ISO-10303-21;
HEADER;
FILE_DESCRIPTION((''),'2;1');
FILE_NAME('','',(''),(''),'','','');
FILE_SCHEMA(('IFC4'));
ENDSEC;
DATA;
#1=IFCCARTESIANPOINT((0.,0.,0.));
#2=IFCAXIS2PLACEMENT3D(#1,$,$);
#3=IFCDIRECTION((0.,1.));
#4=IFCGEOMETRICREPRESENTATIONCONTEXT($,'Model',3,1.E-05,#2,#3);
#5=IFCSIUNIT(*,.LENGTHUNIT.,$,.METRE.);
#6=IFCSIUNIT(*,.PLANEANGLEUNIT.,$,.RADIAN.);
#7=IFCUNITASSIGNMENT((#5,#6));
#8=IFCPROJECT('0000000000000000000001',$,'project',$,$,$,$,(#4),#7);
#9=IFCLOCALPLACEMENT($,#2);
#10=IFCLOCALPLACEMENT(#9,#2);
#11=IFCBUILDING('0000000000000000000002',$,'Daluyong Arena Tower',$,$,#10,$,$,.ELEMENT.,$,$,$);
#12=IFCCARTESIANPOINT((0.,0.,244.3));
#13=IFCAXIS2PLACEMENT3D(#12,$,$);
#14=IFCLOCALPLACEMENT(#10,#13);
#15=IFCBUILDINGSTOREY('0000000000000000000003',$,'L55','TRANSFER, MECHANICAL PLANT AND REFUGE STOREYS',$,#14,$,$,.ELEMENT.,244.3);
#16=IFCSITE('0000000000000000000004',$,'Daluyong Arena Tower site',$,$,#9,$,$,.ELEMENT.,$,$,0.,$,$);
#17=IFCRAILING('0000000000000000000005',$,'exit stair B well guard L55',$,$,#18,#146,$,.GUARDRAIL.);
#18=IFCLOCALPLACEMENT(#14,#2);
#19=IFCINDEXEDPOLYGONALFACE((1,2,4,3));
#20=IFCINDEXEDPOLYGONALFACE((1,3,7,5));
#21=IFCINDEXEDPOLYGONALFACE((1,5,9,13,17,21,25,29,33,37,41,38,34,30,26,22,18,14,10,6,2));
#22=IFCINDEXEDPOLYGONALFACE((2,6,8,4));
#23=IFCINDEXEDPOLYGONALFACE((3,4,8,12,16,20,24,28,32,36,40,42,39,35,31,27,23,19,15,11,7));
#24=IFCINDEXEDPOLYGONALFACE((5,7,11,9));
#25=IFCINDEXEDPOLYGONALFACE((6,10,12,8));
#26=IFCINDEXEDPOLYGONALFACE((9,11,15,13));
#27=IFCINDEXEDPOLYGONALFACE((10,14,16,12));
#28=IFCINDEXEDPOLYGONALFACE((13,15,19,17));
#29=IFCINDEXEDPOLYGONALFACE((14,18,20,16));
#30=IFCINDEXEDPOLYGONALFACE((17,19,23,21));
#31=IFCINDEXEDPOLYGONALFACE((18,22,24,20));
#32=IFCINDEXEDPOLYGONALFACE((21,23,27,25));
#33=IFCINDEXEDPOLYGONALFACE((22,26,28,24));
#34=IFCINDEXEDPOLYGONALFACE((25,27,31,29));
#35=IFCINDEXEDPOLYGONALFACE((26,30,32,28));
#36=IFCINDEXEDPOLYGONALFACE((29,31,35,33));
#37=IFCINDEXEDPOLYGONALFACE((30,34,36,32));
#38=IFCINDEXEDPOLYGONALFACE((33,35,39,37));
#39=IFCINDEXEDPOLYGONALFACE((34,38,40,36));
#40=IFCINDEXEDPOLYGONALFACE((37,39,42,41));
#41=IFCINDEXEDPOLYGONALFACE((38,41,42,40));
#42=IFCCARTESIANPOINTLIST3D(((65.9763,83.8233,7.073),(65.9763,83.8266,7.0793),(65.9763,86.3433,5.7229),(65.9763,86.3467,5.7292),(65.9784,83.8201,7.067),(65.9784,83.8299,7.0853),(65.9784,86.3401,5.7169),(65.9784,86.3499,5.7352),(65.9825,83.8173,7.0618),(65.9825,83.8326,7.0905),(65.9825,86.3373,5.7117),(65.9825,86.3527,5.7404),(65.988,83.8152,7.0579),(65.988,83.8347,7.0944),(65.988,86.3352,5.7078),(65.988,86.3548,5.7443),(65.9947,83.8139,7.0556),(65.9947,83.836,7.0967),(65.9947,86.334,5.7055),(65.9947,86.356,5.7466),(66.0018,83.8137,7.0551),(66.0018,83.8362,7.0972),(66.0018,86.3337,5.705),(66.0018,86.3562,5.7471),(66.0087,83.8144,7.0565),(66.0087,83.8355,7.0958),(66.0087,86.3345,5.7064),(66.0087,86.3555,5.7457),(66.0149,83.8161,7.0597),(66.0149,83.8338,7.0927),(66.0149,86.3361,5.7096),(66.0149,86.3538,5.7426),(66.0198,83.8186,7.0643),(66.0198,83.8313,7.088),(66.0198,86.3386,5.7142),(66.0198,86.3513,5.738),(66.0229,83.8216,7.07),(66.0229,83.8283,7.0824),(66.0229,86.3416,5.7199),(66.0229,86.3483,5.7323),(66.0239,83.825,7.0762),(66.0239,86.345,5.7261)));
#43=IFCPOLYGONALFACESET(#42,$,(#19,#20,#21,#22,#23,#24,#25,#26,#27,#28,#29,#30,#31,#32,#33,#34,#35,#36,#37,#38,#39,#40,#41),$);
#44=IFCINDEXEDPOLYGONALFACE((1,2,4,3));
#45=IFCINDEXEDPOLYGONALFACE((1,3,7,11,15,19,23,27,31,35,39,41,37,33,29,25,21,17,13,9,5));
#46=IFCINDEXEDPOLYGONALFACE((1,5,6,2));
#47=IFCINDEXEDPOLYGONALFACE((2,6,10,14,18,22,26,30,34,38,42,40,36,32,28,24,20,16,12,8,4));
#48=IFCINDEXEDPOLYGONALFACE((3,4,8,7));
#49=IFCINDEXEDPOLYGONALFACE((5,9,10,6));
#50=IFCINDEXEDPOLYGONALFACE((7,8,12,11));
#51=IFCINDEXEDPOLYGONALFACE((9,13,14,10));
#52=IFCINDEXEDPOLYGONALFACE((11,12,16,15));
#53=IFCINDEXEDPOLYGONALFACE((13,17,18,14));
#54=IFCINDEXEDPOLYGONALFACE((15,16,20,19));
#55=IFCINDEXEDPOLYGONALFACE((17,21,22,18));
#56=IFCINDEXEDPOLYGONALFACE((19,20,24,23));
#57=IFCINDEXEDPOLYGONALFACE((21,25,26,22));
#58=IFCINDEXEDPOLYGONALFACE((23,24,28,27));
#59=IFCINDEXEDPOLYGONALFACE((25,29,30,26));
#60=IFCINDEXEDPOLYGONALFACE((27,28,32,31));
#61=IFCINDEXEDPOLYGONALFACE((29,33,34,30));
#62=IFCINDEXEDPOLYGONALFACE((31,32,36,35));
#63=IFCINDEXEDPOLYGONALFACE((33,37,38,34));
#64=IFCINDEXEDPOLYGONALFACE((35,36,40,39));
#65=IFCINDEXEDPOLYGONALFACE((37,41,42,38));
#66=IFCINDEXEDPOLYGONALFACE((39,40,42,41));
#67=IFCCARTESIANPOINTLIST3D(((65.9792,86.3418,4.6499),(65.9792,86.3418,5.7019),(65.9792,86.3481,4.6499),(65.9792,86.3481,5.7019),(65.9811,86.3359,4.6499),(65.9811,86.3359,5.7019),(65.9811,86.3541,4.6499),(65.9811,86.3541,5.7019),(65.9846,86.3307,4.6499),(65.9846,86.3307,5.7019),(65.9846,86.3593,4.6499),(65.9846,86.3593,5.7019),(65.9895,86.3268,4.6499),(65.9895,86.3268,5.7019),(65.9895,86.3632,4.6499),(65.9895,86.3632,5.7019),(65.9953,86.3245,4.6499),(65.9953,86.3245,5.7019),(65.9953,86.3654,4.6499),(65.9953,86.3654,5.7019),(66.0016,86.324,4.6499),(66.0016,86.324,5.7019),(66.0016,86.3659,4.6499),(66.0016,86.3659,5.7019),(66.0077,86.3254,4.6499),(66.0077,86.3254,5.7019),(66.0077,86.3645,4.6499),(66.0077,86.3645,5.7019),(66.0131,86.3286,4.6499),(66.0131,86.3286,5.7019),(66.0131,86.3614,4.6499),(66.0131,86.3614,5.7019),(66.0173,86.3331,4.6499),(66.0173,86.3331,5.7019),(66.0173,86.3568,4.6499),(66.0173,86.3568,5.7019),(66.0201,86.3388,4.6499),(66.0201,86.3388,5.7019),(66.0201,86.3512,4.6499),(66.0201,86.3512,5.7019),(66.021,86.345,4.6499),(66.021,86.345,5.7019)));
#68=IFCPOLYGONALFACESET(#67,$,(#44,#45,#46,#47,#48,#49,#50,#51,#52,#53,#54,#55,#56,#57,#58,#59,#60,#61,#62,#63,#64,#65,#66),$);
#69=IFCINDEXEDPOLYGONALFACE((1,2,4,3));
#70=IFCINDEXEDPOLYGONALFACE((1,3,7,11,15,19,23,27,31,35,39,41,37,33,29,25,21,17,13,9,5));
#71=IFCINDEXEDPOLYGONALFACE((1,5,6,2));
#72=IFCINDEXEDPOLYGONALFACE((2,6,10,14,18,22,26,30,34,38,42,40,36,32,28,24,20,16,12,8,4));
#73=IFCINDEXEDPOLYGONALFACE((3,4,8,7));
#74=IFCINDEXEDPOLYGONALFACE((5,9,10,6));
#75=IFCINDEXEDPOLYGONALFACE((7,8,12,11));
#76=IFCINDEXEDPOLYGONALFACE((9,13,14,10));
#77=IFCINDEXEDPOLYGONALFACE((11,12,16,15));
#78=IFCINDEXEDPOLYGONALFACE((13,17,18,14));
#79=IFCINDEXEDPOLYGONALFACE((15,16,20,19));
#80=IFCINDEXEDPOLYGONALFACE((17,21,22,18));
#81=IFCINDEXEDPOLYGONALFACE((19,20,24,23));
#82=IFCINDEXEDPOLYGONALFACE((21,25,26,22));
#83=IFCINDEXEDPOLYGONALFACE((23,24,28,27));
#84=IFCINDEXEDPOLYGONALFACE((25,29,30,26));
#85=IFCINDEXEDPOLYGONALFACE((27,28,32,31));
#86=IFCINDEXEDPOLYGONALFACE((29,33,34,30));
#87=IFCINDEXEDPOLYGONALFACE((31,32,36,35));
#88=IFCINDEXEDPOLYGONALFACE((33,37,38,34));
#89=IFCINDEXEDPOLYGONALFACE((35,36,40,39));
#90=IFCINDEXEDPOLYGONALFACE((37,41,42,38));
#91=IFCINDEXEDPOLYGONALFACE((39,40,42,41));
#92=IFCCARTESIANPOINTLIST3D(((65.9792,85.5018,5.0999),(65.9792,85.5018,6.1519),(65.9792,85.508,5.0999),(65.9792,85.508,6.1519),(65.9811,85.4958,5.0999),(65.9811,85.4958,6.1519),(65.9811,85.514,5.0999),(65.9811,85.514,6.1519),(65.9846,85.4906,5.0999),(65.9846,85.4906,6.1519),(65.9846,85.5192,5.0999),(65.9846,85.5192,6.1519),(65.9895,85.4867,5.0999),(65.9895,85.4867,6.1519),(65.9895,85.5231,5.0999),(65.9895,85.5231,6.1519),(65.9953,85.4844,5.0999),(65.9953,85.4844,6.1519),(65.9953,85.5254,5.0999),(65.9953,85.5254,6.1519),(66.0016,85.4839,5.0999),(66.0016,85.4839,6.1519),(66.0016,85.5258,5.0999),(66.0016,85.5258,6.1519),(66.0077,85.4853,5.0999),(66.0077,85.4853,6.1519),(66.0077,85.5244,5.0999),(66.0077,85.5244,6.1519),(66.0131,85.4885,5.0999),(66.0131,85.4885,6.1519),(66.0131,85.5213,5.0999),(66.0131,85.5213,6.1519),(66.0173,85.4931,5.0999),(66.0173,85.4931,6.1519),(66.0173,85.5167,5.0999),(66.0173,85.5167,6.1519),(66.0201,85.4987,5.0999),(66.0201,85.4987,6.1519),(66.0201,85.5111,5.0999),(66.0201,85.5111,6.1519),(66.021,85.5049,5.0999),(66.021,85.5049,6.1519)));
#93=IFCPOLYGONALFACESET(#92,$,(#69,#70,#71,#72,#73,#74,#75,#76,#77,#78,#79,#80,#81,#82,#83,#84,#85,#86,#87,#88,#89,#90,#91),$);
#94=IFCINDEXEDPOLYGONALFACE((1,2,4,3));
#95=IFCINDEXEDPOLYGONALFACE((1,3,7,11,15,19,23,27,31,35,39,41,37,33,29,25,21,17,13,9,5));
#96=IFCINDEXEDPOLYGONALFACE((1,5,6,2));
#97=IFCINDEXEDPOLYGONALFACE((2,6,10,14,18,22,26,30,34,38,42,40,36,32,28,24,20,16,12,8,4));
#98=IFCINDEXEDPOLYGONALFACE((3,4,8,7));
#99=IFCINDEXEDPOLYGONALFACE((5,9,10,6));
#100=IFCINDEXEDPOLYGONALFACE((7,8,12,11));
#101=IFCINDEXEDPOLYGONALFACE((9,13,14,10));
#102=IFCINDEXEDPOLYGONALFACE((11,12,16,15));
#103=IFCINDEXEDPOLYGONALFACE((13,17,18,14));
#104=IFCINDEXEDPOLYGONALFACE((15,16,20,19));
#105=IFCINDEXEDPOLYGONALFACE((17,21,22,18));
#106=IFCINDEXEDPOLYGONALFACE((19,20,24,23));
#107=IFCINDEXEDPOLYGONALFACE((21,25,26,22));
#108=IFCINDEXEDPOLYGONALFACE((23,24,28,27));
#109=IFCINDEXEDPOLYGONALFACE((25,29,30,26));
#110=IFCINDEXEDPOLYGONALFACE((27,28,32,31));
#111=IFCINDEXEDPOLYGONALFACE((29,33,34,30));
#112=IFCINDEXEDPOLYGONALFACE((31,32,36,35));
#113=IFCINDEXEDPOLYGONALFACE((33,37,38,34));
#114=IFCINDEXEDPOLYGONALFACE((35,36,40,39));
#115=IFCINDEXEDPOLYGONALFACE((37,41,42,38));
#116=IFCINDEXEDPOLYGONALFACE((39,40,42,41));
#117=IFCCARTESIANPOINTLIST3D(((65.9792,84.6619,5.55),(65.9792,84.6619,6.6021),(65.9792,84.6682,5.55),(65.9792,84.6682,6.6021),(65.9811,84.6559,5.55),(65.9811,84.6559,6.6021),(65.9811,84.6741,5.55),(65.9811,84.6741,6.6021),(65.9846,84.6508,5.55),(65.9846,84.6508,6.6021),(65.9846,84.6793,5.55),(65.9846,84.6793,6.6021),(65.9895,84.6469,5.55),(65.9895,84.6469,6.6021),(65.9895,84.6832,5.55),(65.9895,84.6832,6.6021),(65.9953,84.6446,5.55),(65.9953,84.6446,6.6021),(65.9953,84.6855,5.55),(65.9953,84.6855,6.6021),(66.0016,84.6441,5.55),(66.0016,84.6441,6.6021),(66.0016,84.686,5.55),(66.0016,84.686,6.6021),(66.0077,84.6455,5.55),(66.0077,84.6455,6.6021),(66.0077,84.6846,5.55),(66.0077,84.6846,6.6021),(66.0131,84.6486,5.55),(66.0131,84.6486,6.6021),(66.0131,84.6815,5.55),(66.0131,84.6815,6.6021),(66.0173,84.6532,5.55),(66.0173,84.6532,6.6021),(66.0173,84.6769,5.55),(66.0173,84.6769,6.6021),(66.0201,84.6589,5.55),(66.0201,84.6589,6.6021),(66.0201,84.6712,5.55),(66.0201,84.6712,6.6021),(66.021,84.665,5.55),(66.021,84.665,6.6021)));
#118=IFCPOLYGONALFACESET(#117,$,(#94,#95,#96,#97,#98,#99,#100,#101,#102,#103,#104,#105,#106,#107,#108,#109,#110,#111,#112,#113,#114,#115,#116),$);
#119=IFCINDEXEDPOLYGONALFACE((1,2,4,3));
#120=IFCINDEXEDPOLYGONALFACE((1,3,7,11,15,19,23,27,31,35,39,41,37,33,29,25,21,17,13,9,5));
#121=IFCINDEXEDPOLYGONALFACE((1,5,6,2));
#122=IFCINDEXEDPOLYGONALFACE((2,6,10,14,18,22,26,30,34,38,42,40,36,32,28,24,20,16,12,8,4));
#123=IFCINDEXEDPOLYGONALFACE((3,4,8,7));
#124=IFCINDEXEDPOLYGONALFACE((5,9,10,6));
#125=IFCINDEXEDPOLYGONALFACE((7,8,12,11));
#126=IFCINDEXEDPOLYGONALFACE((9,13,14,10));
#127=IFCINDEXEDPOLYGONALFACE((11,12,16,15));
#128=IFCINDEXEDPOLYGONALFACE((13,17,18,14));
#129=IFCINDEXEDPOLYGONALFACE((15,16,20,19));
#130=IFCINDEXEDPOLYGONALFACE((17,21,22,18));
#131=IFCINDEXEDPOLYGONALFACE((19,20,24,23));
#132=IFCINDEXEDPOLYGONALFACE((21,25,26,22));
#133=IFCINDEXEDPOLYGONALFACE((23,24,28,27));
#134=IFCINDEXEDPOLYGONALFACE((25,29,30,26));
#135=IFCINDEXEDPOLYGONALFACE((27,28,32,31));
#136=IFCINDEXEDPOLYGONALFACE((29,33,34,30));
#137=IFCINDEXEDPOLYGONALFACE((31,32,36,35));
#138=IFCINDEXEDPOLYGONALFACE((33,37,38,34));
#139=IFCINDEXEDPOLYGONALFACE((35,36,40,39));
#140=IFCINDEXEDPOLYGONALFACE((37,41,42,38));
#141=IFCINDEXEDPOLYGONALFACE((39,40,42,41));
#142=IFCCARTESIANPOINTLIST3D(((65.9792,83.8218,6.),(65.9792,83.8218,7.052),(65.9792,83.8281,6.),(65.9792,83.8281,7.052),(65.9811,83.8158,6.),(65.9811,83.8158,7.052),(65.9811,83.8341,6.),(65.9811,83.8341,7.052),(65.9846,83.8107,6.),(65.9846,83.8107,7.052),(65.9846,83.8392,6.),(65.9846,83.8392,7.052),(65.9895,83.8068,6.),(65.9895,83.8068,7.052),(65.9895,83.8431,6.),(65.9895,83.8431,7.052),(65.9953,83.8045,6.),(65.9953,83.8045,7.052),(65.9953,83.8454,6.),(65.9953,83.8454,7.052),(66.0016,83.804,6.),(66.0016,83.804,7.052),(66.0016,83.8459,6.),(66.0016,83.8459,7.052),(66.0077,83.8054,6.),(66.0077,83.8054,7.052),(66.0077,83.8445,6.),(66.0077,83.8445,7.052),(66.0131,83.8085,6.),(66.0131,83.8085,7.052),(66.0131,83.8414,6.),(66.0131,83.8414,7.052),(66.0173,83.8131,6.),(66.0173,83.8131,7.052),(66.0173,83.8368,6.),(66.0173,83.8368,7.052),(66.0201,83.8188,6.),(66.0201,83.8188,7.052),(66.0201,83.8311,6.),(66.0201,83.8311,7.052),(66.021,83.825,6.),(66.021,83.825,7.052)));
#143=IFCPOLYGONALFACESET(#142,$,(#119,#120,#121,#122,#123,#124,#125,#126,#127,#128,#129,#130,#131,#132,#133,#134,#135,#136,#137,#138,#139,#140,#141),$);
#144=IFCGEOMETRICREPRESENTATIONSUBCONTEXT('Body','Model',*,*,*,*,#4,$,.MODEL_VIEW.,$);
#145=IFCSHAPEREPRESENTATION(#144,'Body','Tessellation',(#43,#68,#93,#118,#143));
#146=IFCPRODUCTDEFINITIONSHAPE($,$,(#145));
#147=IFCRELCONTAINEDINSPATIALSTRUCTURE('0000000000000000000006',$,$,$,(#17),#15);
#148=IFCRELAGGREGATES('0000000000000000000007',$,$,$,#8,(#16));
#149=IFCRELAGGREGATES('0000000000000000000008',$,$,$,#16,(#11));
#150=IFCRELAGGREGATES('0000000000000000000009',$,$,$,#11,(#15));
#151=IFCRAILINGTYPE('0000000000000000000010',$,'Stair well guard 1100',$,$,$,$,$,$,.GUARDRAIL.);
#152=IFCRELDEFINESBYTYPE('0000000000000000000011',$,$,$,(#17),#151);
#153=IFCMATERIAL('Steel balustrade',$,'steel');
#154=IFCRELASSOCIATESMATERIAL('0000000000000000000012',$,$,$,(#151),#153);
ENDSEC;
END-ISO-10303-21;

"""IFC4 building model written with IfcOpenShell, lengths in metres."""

from ifc_helpers import new_model, si_unit, direction, frame, origin, origin_2d, place, context, subcontext, project, spatial, circle, extrude, material, type_object, element, save


model = new_model("IFC4")

# Units and contexts
model_context = context("Model", 3, precision=1e-05, world=origin(), true_north=direction((0.0, 1.0)))
body_context = subcontext(model_context, "Body", "Model", "MODEL_VIEW")
ifc_project = project(units=[si_unit("LENGTHUNIT", "METRE"), si_unit("PLANEANGLEUNIT", "RADIAN")], contexts=[model_context])

# Site, building, storey
site_placement = place(None, origin())
site = spatial("IfcSite", under=ifc_project, at=site_placement, Name="Daluyong Arena Tower site", CompositionType="ELEMENT", RefElevation=0.0)
building_placement = place(site_placement, origin())
building = spatial("IfcBuilding", under=site, at=building_placement, Name="Daluyong Arena Tower", CompositionType="ELEMENT")
storey_placement = place(building_placement, frame((0.0, 0.0, 244.3)))
storey = spatial("IfcBuildingStorey", under=building, at=storey_placement, Name="L55", Description="TRANSFER, MECHANICAL PLANT AND REFUGE STOREYS", CompositionType="ELEMENT", Elevation=244.3)

# Railing
ifc_material_1 = material(Name="Steel balustrade", Category="steel")
railing_type_1 = type_object("IfcRailingType", Name="Stair well guard 1100", PredefinedType="GUARDRAIL", material=ifc_material_1)
for number, where, name in (
    (1, (66.0, 86.345, 4.6499), "exit stair B well guard L55"),
):
    element("IfcRailing", number, at=place(storey_placement, frame(where)), inside=storey, type_object=railing_type_1, Name=name, PredefinedType="GUARDRAIL", context=body_context, shape_type="SweptSolid", body=[
        extrude(circle(Radius=0.0239, at=origin_2d()), frame((0.0, 0.0, 1.0762), z_axis=(0.0, -0.881467, 0.472245), x_axis=(1.0, 0.0, 0.0)), (0.0, 0.0, 1.0), 2.8589),
        extrude(circle(Radius=0.021, at=origin_2d()), origin(), (0.0, 0.0, 1.0), 1.052),
        extrude(circle(Radius=0.021, at=origin_2d()), frame((0.0, -0.8401, 0.45)), (0.0, 0.0, 1.0), 1.052),
        extrude(circle(Radius=0.021, at=origin_2d()), frame((0.0, -1.6799, 0.9001)), (0.0, 0.0, 1.0), 1.052),
        extrude(circle(Radius=0.021, at=origin_2d()), frame((0.0, -2.52, 1.3501)), (0.0, 0.0, 1.0), 1.052),
    ])

save(model, "model.ifc")
